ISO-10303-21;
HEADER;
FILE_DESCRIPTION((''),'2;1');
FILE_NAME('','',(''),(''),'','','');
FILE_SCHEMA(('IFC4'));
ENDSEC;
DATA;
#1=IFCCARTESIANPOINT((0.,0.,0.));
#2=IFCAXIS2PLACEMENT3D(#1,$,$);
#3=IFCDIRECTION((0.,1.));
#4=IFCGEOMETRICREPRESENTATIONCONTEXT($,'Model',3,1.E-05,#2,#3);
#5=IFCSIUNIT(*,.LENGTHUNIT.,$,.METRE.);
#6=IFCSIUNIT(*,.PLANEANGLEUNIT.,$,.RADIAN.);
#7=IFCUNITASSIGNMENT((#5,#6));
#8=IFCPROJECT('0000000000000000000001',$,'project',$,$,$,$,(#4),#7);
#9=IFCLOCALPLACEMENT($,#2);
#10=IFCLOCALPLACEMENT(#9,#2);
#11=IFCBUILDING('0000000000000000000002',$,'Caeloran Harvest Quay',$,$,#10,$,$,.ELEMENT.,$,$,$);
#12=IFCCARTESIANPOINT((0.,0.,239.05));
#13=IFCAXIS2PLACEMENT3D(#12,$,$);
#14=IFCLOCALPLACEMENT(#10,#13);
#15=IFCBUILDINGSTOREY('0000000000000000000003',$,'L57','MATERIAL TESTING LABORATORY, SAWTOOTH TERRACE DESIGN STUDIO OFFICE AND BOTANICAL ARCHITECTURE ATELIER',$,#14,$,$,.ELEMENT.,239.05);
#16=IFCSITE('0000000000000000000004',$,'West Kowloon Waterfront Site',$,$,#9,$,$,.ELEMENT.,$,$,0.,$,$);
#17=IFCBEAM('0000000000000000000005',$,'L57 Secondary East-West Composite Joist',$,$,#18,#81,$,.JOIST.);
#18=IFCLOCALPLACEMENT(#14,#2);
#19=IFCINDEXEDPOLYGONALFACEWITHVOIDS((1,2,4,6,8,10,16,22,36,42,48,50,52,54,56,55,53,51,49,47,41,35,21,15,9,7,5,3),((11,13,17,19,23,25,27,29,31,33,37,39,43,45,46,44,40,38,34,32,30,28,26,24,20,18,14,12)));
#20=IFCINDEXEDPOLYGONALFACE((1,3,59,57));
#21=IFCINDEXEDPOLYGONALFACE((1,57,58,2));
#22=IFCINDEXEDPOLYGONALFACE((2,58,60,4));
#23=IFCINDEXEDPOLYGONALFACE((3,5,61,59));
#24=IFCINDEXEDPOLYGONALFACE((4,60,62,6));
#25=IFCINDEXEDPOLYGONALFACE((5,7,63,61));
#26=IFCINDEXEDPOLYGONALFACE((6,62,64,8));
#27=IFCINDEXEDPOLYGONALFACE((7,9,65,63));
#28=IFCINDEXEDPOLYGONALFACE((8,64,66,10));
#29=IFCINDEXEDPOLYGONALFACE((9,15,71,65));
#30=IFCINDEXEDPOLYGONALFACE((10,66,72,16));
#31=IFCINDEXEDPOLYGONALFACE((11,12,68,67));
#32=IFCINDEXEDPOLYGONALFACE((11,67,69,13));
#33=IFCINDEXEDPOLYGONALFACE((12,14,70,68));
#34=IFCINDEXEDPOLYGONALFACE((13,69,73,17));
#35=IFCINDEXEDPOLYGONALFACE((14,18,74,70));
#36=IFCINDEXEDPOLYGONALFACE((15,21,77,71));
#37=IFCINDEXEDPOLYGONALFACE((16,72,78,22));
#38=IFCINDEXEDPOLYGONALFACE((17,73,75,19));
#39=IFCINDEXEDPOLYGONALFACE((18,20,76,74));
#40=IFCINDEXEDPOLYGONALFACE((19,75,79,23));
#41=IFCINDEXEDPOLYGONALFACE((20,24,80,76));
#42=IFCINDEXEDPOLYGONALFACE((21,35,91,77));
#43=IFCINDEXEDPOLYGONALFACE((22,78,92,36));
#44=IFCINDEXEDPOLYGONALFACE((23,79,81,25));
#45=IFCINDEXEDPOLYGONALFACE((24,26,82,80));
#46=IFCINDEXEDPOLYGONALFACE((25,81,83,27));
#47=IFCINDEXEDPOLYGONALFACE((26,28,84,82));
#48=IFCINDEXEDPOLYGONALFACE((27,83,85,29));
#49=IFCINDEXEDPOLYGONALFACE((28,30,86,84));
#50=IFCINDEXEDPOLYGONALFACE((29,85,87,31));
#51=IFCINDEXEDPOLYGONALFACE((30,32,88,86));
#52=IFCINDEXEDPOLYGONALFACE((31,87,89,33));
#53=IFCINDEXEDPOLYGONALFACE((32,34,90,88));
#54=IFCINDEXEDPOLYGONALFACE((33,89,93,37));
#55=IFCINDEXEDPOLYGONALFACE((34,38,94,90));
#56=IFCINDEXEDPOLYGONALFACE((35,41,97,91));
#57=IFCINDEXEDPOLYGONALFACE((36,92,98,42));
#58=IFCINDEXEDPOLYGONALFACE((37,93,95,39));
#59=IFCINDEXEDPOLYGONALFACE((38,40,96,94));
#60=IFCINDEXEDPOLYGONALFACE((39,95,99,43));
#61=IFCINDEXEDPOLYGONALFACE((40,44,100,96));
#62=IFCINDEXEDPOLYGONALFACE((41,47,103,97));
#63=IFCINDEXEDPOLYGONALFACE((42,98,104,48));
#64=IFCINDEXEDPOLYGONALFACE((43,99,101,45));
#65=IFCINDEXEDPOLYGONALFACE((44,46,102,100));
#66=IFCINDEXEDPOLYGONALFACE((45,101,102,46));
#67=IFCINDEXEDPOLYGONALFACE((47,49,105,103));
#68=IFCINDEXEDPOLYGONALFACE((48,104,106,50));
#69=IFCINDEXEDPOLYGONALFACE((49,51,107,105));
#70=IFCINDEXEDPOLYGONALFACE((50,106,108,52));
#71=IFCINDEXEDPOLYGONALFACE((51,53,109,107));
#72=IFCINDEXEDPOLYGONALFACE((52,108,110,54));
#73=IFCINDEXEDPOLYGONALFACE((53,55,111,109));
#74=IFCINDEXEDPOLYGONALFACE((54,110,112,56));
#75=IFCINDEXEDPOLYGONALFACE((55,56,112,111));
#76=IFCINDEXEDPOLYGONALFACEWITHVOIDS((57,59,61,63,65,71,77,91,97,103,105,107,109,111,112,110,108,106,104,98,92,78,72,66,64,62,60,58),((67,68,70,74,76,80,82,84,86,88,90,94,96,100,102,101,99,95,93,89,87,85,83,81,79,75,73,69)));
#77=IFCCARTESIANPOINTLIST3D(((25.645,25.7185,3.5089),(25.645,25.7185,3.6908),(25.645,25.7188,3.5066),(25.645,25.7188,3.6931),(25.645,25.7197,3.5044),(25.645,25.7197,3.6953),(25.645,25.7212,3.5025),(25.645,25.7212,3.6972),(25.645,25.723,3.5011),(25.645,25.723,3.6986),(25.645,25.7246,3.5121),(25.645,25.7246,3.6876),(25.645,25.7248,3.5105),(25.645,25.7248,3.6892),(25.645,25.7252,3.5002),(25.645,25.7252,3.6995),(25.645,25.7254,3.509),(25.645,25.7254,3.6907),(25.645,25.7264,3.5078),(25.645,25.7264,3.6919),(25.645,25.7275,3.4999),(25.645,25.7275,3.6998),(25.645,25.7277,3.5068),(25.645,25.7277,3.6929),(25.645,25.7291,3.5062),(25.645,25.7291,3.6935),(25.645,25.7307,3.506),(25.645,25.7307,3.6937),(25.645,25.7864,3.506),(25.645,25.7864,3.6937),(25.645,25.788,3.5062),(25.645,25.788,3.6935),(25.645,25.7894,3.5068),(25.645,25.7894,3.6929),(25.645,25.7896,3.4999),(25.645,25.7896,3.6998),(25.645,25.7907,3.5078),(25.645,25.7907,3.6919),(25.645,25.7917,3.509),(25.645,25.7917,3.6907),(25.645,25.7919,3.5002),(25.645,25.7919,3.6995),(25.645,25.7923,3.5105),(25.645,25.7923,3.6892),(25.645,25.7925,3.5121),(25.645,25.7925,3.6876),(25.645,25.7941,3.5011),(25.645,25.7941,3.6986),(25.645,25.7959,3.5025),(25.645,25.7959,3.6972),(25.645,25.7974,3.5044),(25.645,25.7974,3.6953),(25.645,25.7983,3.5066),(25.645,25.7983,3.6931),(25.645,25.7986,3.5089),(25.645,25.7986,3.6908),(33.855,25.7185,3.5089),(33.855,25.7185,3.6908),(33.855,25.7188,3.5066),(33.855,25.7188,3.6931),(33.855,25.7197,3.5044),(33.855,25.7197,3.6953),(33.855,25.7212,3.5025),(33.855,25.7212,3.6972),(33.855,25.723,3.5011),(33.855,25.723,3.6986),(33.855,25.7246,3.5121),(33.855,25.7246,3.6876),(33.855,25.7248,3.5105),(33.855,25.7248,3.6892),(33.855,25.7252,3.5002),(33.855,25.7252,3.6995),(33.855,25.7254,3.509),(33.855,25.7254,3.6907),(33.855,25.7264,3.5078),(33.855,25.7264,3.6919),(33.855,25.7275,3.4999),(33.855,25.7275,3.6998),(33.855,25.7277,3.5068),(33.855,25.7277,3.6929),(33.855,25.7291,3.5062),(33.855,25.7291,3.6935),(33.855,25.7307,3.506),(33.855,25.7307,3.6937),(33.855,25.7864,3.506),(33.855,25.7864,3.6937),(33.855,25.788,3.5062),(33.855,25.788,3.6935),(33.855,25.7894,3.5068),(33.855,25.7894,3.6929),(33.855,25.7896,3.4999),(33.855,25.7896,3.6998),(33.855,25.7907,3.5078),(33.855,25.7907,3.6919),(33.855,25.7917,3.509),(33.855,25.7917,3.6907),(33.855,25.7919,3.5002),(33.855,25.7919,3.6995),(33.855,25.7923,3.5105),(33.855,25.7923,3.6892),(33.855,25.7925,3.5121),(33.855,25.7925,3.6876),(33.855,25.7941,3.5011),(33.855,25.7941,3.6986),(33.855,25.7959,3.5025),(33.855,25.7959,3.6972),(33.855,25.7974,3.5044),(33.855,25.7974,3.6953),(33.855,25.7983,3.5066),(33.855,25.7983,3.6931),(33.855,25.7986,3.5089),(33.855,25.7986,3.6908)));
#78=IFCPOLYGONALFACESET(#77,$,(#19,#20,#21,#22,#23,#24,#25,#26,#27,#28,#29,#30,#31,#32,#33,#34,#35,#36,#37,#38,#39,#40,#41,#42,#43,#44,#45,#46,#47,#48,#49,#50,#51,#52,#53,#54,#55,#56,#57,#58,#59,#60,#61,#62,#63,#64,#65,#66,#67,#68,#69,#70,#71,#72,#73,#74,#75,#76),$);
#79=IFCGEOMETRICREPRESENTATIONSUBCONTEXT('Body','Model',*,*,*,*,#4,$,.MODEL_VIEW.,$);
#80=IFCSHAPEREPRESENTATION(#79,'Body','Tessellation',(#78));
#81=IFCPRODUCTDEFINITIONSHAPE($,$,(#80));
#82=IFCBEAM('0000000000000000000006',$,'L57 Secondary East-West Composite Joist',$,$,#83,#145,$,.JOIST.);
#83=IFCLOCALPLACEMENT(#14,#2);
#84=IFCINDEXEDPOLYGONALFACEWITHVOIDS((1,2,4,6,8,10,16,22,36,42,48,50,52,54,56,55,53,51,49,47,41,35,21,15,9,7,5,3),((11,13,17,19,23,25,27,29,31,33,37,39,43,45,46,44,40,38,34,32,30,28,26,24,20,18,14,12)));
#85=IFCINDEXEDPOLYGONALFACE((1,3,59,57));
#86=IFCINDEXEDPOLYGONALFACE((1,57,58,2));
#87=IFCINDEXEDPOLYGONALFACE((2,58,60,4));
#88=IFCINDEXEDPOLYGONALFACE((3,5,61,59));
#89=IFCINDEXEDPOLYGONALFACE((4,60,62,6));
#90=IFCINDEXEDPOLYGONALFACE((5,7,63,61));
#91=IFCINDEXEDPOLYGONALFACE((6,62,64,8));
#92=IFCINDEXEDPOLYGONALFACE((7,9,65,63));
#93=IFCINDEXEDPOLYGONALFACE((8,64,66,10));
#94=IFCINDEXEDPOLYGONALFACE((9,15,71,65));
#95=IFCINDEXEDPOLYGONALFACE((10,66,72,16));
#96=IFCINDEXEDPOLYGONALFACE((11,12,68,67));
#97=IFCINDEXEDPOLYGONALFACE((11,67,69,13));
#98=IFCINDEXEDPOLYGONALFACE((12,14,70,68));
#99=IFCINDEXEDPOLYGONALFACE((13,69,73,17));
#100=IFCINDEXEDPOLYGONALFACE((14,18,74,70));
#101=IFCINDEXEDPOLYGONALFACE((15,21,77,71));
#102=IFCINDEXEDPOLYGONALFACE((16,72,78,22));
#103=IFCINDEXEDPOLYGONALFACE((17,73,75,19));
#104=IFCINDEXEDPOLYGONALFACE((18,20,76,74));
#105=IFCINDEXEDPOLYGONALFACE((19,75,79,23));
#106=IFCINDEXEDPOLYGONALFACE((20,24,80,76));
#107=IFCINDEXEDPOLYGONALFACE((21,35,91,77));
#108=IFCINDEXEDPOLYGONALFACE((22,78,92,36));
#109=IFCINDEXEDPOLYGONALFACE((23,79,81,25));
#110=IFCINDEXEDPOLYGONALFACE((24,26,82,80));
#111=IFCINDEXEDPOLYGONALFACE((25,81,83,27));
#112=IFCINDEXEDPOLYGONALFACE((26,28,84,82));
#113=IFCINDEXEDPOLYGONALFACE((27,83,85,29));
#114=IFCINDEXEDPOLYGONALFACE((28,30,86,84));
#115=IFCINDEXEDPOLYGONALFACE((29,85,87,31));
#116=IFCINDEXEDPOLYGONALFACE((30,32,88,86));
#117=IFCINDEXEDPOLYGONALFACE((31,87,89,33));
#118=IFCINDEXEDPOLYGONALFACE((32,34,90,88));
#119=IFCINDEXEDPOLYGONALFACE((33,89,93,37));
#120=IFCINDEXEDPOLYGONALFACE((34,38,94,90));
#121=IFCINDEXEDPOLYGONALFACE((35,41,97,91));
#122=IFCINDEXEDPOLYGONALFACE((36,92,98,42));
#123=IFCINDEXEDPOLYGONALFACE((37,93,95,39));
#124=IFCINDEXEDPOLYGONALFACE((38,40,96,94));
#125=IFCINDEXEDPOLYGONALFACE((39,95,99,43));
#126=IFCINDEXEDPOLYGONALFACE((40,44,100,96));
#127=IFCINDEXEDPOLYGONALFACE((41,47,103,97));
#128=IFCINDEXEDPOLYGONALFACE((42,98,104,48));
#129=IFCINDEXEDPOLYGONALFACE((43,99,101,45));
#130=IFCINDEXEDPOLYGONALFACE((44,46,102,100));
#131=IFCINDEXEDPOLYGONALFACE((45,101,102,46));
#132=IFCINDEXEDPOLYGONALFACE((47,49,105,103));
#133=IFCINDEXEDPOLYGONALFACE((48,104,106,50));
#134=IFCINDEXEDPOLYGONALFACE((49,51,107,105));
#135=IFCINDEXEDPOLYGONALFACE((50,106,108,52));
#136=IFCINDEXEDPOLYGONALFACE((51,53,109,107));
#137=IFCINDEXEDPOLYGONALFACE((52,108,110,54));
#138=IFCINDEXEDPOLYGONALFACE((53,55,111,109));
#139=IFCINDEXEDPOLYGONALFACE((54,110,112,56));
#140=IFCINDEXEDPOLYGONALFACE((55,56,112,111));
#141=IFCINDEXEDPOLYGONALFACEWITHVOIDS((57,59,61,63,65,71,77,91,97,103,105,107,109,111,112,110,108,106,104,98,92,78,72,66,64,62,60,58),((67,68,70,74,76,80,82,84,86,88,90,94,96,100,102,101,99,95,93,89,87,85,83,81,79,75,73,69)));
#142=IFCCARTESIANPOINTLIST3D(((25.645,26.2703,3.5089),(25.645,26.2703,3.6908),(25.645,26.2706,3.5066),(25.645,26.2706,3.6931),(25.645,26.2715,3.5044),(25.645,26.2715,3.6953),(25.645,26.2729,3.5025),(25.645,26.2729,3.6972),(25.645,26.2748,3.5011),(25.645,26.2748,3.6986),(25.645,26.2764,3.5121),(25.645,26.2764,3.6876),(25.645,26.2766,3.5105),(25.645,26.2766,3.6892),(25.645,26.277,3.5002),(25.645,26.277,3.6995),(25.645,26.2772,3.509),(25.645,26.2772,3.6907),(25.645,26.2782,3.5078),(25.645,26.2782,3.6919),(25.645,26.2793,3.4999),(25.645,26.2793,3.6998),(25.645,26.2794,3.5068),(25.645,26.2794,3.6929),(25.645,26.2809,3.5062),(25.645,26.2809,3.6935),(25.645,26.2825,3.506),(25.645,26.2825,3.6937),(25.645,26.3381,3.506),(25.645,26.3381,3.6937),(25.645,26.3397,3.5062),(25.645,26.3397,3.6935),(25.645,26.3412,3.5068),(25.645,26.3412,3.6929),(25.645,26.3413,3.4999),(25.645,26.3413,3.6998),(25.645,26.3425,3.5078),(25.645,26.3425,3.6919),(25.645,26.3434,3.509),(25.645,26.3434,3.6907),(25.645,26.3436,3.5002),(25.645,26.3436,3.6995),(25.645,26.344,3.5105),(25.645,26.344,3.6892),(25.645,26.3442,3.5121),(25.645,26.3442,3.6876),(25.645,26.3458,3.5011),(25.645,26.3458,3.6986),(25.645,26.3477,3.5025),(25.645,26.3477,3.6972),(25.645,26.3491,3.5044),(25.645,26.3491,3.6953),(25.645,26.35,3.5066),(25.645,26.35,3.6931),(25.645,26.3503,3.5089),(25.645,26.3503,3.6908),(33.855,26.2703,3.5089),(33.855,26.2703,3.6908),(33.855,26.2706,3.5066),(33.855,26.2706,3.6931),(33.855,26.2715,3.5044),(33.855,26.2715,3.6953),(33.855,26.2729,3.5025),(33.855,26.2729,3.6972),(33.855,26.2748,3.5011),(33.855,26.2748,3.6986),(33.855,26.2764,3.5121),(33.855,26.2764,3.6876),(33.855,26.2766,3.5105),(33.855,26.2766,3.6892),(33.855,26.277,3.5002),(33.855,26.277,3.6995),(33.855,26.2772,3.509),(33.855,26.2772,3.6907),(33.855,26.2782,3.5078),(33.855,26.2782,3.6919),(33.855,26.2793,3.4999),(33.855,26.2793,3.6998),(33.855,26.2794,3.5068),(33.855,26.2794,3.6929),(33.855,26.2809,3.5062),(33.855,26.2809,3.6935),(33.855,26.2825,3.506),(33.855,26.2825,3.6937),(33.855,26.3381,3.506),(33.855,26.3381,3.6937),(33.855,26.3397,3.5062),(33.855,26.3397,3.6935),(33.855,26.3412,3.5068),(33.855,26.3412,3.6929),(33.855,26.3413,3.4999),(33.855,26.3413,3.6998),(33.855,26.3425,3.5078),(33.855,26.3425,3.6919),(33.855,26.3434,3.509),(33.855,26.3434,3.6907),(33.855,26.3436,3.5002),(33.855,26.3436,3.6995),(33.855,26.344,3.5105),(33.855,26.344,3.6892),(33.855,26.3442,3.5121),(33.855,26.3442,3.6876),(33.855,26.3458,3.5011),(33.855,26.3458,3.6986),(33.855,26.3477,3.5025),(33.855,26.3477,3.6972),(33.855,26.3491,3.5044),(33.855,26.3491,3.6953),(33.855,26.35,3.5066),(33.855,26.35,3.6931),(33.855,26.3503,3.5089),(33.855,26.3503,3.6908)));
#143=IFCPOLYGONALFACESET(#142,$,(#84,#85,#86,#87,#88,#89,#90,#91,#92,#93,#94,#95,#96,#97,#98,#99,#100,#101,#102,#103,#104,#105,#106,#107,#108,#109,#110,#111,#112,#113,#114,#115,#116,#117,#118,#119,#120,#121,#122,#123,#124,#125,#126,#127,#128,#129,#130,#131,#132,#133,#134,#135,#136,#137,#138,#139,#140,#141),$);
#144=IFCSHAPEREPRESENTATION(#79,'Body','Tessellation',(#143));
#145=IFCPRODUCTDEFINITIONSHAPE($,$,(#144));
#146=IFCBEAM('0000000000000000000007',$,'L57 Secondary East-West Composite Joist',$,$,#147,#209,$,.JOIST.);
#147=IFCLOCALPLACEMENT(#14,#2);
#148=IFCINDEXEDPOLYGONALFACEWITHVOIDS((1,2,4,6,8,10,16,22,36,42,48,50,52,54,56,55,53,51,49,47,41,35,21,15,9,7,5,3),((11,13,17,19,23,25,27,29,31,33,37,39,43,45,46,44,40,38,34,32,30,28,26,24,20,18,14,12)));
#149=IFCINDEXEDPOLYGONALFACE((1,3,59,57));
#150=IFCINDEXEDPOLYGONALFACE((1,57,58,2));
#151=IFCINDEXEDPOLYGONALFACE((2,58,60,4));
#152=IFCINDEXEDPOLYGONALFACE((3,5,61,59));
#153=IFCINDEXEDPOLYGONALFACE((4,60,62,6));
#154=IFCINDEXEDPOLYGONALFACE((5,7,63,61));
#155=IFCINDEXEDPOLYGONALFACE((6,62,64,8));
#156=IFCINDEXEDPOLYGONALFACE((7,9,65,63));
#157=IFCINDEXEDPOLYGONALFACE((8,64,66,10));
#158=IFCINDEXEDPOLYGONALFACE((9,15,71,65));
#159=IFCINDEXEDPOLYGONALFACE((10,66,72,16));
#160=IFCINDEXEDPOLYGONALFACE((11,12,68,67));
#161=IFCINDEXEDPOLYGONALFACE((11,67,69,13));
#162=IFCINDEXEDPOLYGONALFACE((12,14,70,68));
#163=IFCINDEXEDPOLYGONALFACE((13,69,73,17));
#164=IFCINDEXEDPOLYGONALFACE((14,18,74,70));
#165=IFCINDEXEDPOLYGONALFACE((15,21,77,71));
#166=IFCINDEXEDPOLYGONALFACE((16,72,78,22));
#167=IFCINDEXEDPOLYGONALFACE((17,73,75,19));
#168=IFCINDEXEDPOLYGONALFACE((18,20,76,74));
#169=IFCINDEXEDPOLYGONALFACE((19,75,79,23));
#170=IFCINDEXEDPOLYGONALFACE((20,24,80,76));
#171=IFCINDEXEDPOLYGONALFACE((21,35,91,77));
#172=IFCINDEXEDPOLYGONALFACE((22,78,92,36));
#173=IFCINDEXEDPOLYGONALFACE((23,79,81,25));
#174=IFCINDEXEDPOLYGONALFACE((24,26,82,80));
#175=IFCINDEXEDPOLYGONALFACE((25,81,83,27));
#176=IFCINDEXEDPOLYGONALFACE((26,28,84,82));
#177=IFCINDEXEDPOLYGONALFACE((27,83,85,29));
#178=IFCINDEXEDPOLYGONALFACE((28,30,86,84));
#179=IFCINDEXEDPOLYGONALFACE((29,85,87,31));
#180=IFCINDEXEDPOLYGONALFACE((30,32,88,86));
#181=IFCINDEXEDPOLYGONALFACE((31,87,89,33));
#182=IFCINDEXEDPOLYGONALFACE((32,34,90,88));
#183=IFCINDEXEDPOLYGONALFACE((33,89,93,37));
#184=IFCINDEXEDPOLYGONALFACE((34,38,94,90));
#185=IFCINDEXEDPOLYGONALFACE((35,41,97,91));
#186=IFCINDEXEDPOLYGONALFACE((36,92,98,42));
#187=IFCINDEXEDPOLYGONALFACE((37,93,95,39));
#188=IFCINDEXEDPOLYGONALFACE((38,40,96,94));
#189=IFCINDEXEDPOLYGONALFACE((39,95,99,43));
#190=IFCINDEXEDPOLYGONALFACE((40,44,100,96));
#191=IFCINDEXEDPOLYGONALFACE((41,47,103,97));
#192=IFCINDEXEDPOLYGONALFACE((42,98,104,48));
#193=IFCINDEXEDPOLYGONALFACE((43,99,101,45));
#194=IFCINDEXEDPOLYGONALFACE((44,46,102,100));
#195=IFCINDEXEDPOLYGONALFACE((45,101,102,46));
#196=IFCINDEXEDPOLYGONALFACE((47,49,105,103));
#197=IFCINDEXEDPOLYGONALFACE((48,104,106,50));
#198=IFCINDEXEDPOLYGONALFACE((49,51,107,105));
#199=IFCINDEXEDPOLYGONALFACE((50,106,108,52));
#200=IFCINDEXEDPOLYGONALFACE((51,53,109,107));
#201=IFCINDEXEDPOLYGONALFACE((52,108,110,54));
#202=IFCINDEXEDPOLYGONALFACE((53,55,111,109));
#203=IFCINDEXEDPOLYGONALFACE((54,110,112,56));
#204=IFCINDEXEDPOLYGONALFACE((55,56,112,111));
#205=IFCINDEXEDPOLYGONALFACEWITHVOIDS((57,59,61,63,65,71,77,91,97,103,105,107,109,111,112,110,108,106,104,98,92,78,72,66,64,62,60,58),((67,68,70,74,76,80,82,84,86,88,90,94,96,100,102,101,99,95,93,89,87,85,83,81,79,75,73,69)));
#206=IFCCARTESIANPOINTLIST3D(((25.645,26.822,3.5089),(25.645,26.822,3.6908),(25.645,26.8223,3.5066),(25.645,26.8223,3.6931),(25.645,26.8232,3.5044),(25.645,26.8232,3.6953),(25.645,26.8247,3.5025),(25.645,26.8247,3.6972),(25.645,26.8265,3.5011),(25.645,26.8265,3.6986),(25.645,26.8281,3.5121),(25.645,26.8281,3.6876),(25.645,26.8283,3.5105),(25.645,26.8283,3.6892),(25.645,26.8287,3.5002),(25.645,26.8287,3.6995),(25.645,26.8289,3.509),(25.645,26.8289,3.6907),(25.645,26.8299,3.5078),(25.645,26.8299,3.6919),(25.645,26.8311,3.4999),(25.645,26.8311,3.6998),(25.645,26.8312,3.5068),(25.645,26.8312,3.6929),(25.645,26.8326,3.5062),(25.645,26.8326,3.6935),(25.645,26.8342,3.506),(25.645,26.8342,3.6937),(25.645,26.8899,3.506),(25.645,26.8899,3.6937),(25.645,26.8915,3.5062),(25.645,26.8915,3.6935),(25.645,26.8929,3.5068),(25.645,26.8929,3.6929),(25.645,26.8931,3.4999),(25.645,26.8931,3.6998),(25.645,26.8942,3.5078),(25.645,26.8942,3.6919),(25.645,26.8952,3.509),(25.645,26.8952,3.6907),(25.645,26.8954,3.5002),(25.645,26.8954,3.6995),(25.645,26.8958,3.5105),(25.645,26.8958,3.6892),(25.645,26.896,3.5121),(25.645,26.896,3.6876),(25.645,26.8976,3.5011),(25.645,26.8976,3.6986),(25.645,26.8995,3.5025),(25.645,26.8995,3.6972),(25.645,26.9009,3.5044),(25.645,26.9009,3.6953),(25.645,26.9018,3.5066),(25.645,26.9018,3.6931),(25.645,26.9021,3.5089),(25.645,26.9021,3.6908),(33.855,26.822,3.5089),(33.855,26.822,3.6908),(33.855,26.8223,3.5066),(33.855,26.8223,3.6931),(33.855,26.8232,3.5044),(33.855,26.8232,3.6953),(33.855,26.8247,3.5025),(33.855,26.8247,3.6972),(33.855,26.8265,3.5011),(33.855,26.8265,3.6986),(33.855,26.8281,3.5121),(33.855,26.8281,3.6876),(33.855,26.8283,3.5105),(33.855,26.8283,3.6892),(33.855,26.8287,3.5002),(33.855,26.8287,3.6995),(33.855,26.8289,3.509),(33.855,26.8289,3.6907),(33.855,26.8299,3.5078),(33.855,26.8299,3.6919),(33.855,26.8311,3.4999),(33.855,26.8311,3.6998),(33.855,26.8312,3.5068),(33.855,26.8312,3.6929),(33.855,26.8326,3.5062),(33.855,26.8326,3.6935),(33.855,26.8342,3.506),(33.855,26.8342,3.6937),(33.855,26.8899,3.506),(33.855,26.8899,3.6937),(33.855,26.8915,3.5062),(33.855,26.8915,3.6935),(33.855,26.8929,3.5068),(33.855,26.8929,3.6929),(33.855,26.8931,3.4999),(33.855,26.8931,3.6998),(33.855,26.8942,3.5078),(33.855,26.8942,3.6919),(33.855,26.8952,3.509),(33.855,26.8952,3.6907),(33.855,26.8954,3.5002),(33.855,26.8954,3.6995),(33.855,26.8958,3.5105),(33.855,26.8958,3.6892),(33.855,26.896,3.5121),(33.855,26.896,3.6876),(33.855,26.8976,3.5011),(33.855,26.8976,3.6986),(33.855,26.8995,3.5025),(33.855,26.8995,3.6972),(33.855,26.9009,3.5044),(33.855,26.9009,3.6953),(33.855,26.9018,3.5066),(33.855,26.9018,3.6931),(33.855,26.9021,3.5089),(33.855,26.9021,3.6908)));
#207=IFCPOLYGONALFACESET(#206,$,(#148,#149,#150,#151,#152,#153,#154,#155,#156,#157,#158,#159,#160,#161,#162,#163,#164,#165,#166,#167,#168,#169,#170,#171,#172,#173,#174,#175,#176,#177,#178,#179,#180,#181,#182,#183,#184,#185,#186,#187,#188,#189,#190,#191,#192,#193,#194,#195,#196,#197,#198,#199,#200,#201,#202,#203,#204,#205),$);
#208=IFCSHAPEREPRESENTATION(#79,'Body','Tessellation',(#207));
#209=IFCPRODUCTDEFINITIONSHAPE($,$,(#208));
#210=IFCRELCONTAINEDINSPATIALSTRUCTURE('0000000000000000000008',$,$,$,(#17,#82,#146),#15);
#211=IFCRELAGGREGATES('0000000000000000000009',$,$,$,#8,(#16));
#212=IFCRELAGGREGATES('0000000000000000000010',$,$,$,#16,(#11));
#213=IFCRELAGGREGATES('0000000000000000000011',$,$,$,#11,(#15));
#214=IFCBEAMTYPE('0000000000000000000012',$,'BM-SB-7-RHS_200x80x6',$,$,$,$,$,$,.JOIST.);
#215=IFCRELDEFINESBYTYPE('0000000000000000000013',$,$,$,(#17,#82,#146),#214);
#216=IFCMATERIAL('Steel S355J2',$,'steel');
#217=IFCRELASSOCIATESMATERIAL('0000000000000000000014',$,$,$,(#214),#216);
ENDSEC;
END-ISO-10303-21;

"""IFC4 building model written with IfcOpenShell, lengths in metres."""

from ifc_helpers import new_model, si_unit, direction, frame, origin, origin_2d, place, context, subcontext, project, spatial, hollow_rectangle, extrude, material, material_profile, profile_set, type_object, element, save


model = new_model("IFC4")

# Units and contexts
model_context = context("Model", 3, precision=1e-05, world=origin(), true_north=direction((0.0, 1.0)))
body_context = subcontext(model_context, "Body", "Model", "MODEL_VIEW")
ifc_project = project(units=[si_unit("LENGTHUNIT", "METRE"), si_unit("PLANEANGLEUNIT", "RADIAN")], contexts=[model_context])

# Site, building, storey
site_placement = place(None, origin())
site = spatial("IfcSite", under=ifc_project, at=site_placement, Name="West Kowloon Waterfront Site", CompositionType="ELEMENT", RefElevation=0.0)
building_placement = place(site_placement, origin())
building = spatial("IfcBuilding", under=site, at=building_placement, Name="Caeloran Harvest Quay", CompositionType="ELEMENT")
storey_placement = place(building_placement, frame((0.0, 0.0, 239.05)))
storey = spatial("IfcBuildingStorey", under=building, at=storey_placement, Name="L57", Description="MATERIAL TESTING LABORATORY, SAWTOOTH TERRACE DESIGN STUDIO OFFICE AND BOTANICAL ARCHITECTURE ATELIER", CompositionType="ELEMENT", Elevation=239.05)

# Beams
ifc_material = material(Name="Steel S355J2", Category="steel")
ifc_material_profile_1 = material_profile(ifc_material, hollow_rectangle(XDim=0.0801, YDim=0.2, WallThickness=0.0061, InnerFilletRadius=0.0061, OuterFilletRadius=0.009, at=origin_2d()), Name="RHS 200x80x6")
ifc_profile_set_1 = profile_set([ifc_material_profile_1], Name="Steel S355J2")
beam_type_1 = type_object("IfcBeamType", Name="BM-SB-7-RHS_200x80x6", PredefinedType="JOIST", material=ifc_profile_set_1)
for number, where, z_axis, x_axis, name in (
    (1, (25.645, 25.7585, 3.5999), (1.0, 0.0, 0.0), (0.0, 1.0, 0.0), "L57 Secondary East-West Composite Joist"),
    (2, (25.645, 26.3103, 3.5999), (1.0, 0.0, 0.0), (0.0, 1.0, 0.0), "L57 Secondary East-West Composite Joist"),
    (3, (25.645, 26.8621, 3.5999), (1.0, 0.0, 0.0), (0.0, 1.0, 0.0), "L57 Secondary East-West Composite Joist"),
):
    element("IfcBeam", number, at=place(storey_placement, frame(where, z_axis=z_axis, x_axis=x_axis)), inside=storey, type_object=beam_type_1, Name=name, PredefinedType="JOIST", context=body_context, shape_type="SweptSolid", body=[
        extrude(hollow_rectangle(XDim=0.0801, YDim=0.2, WallThickness=0.0061, InnerFilletRadius=0.0061, OuterFilletRadius=0.009, at=origin_2d()), origin(), (0.0, 0.0, 1.0), 8.21),
    ])

save(model, "model.ifc")
